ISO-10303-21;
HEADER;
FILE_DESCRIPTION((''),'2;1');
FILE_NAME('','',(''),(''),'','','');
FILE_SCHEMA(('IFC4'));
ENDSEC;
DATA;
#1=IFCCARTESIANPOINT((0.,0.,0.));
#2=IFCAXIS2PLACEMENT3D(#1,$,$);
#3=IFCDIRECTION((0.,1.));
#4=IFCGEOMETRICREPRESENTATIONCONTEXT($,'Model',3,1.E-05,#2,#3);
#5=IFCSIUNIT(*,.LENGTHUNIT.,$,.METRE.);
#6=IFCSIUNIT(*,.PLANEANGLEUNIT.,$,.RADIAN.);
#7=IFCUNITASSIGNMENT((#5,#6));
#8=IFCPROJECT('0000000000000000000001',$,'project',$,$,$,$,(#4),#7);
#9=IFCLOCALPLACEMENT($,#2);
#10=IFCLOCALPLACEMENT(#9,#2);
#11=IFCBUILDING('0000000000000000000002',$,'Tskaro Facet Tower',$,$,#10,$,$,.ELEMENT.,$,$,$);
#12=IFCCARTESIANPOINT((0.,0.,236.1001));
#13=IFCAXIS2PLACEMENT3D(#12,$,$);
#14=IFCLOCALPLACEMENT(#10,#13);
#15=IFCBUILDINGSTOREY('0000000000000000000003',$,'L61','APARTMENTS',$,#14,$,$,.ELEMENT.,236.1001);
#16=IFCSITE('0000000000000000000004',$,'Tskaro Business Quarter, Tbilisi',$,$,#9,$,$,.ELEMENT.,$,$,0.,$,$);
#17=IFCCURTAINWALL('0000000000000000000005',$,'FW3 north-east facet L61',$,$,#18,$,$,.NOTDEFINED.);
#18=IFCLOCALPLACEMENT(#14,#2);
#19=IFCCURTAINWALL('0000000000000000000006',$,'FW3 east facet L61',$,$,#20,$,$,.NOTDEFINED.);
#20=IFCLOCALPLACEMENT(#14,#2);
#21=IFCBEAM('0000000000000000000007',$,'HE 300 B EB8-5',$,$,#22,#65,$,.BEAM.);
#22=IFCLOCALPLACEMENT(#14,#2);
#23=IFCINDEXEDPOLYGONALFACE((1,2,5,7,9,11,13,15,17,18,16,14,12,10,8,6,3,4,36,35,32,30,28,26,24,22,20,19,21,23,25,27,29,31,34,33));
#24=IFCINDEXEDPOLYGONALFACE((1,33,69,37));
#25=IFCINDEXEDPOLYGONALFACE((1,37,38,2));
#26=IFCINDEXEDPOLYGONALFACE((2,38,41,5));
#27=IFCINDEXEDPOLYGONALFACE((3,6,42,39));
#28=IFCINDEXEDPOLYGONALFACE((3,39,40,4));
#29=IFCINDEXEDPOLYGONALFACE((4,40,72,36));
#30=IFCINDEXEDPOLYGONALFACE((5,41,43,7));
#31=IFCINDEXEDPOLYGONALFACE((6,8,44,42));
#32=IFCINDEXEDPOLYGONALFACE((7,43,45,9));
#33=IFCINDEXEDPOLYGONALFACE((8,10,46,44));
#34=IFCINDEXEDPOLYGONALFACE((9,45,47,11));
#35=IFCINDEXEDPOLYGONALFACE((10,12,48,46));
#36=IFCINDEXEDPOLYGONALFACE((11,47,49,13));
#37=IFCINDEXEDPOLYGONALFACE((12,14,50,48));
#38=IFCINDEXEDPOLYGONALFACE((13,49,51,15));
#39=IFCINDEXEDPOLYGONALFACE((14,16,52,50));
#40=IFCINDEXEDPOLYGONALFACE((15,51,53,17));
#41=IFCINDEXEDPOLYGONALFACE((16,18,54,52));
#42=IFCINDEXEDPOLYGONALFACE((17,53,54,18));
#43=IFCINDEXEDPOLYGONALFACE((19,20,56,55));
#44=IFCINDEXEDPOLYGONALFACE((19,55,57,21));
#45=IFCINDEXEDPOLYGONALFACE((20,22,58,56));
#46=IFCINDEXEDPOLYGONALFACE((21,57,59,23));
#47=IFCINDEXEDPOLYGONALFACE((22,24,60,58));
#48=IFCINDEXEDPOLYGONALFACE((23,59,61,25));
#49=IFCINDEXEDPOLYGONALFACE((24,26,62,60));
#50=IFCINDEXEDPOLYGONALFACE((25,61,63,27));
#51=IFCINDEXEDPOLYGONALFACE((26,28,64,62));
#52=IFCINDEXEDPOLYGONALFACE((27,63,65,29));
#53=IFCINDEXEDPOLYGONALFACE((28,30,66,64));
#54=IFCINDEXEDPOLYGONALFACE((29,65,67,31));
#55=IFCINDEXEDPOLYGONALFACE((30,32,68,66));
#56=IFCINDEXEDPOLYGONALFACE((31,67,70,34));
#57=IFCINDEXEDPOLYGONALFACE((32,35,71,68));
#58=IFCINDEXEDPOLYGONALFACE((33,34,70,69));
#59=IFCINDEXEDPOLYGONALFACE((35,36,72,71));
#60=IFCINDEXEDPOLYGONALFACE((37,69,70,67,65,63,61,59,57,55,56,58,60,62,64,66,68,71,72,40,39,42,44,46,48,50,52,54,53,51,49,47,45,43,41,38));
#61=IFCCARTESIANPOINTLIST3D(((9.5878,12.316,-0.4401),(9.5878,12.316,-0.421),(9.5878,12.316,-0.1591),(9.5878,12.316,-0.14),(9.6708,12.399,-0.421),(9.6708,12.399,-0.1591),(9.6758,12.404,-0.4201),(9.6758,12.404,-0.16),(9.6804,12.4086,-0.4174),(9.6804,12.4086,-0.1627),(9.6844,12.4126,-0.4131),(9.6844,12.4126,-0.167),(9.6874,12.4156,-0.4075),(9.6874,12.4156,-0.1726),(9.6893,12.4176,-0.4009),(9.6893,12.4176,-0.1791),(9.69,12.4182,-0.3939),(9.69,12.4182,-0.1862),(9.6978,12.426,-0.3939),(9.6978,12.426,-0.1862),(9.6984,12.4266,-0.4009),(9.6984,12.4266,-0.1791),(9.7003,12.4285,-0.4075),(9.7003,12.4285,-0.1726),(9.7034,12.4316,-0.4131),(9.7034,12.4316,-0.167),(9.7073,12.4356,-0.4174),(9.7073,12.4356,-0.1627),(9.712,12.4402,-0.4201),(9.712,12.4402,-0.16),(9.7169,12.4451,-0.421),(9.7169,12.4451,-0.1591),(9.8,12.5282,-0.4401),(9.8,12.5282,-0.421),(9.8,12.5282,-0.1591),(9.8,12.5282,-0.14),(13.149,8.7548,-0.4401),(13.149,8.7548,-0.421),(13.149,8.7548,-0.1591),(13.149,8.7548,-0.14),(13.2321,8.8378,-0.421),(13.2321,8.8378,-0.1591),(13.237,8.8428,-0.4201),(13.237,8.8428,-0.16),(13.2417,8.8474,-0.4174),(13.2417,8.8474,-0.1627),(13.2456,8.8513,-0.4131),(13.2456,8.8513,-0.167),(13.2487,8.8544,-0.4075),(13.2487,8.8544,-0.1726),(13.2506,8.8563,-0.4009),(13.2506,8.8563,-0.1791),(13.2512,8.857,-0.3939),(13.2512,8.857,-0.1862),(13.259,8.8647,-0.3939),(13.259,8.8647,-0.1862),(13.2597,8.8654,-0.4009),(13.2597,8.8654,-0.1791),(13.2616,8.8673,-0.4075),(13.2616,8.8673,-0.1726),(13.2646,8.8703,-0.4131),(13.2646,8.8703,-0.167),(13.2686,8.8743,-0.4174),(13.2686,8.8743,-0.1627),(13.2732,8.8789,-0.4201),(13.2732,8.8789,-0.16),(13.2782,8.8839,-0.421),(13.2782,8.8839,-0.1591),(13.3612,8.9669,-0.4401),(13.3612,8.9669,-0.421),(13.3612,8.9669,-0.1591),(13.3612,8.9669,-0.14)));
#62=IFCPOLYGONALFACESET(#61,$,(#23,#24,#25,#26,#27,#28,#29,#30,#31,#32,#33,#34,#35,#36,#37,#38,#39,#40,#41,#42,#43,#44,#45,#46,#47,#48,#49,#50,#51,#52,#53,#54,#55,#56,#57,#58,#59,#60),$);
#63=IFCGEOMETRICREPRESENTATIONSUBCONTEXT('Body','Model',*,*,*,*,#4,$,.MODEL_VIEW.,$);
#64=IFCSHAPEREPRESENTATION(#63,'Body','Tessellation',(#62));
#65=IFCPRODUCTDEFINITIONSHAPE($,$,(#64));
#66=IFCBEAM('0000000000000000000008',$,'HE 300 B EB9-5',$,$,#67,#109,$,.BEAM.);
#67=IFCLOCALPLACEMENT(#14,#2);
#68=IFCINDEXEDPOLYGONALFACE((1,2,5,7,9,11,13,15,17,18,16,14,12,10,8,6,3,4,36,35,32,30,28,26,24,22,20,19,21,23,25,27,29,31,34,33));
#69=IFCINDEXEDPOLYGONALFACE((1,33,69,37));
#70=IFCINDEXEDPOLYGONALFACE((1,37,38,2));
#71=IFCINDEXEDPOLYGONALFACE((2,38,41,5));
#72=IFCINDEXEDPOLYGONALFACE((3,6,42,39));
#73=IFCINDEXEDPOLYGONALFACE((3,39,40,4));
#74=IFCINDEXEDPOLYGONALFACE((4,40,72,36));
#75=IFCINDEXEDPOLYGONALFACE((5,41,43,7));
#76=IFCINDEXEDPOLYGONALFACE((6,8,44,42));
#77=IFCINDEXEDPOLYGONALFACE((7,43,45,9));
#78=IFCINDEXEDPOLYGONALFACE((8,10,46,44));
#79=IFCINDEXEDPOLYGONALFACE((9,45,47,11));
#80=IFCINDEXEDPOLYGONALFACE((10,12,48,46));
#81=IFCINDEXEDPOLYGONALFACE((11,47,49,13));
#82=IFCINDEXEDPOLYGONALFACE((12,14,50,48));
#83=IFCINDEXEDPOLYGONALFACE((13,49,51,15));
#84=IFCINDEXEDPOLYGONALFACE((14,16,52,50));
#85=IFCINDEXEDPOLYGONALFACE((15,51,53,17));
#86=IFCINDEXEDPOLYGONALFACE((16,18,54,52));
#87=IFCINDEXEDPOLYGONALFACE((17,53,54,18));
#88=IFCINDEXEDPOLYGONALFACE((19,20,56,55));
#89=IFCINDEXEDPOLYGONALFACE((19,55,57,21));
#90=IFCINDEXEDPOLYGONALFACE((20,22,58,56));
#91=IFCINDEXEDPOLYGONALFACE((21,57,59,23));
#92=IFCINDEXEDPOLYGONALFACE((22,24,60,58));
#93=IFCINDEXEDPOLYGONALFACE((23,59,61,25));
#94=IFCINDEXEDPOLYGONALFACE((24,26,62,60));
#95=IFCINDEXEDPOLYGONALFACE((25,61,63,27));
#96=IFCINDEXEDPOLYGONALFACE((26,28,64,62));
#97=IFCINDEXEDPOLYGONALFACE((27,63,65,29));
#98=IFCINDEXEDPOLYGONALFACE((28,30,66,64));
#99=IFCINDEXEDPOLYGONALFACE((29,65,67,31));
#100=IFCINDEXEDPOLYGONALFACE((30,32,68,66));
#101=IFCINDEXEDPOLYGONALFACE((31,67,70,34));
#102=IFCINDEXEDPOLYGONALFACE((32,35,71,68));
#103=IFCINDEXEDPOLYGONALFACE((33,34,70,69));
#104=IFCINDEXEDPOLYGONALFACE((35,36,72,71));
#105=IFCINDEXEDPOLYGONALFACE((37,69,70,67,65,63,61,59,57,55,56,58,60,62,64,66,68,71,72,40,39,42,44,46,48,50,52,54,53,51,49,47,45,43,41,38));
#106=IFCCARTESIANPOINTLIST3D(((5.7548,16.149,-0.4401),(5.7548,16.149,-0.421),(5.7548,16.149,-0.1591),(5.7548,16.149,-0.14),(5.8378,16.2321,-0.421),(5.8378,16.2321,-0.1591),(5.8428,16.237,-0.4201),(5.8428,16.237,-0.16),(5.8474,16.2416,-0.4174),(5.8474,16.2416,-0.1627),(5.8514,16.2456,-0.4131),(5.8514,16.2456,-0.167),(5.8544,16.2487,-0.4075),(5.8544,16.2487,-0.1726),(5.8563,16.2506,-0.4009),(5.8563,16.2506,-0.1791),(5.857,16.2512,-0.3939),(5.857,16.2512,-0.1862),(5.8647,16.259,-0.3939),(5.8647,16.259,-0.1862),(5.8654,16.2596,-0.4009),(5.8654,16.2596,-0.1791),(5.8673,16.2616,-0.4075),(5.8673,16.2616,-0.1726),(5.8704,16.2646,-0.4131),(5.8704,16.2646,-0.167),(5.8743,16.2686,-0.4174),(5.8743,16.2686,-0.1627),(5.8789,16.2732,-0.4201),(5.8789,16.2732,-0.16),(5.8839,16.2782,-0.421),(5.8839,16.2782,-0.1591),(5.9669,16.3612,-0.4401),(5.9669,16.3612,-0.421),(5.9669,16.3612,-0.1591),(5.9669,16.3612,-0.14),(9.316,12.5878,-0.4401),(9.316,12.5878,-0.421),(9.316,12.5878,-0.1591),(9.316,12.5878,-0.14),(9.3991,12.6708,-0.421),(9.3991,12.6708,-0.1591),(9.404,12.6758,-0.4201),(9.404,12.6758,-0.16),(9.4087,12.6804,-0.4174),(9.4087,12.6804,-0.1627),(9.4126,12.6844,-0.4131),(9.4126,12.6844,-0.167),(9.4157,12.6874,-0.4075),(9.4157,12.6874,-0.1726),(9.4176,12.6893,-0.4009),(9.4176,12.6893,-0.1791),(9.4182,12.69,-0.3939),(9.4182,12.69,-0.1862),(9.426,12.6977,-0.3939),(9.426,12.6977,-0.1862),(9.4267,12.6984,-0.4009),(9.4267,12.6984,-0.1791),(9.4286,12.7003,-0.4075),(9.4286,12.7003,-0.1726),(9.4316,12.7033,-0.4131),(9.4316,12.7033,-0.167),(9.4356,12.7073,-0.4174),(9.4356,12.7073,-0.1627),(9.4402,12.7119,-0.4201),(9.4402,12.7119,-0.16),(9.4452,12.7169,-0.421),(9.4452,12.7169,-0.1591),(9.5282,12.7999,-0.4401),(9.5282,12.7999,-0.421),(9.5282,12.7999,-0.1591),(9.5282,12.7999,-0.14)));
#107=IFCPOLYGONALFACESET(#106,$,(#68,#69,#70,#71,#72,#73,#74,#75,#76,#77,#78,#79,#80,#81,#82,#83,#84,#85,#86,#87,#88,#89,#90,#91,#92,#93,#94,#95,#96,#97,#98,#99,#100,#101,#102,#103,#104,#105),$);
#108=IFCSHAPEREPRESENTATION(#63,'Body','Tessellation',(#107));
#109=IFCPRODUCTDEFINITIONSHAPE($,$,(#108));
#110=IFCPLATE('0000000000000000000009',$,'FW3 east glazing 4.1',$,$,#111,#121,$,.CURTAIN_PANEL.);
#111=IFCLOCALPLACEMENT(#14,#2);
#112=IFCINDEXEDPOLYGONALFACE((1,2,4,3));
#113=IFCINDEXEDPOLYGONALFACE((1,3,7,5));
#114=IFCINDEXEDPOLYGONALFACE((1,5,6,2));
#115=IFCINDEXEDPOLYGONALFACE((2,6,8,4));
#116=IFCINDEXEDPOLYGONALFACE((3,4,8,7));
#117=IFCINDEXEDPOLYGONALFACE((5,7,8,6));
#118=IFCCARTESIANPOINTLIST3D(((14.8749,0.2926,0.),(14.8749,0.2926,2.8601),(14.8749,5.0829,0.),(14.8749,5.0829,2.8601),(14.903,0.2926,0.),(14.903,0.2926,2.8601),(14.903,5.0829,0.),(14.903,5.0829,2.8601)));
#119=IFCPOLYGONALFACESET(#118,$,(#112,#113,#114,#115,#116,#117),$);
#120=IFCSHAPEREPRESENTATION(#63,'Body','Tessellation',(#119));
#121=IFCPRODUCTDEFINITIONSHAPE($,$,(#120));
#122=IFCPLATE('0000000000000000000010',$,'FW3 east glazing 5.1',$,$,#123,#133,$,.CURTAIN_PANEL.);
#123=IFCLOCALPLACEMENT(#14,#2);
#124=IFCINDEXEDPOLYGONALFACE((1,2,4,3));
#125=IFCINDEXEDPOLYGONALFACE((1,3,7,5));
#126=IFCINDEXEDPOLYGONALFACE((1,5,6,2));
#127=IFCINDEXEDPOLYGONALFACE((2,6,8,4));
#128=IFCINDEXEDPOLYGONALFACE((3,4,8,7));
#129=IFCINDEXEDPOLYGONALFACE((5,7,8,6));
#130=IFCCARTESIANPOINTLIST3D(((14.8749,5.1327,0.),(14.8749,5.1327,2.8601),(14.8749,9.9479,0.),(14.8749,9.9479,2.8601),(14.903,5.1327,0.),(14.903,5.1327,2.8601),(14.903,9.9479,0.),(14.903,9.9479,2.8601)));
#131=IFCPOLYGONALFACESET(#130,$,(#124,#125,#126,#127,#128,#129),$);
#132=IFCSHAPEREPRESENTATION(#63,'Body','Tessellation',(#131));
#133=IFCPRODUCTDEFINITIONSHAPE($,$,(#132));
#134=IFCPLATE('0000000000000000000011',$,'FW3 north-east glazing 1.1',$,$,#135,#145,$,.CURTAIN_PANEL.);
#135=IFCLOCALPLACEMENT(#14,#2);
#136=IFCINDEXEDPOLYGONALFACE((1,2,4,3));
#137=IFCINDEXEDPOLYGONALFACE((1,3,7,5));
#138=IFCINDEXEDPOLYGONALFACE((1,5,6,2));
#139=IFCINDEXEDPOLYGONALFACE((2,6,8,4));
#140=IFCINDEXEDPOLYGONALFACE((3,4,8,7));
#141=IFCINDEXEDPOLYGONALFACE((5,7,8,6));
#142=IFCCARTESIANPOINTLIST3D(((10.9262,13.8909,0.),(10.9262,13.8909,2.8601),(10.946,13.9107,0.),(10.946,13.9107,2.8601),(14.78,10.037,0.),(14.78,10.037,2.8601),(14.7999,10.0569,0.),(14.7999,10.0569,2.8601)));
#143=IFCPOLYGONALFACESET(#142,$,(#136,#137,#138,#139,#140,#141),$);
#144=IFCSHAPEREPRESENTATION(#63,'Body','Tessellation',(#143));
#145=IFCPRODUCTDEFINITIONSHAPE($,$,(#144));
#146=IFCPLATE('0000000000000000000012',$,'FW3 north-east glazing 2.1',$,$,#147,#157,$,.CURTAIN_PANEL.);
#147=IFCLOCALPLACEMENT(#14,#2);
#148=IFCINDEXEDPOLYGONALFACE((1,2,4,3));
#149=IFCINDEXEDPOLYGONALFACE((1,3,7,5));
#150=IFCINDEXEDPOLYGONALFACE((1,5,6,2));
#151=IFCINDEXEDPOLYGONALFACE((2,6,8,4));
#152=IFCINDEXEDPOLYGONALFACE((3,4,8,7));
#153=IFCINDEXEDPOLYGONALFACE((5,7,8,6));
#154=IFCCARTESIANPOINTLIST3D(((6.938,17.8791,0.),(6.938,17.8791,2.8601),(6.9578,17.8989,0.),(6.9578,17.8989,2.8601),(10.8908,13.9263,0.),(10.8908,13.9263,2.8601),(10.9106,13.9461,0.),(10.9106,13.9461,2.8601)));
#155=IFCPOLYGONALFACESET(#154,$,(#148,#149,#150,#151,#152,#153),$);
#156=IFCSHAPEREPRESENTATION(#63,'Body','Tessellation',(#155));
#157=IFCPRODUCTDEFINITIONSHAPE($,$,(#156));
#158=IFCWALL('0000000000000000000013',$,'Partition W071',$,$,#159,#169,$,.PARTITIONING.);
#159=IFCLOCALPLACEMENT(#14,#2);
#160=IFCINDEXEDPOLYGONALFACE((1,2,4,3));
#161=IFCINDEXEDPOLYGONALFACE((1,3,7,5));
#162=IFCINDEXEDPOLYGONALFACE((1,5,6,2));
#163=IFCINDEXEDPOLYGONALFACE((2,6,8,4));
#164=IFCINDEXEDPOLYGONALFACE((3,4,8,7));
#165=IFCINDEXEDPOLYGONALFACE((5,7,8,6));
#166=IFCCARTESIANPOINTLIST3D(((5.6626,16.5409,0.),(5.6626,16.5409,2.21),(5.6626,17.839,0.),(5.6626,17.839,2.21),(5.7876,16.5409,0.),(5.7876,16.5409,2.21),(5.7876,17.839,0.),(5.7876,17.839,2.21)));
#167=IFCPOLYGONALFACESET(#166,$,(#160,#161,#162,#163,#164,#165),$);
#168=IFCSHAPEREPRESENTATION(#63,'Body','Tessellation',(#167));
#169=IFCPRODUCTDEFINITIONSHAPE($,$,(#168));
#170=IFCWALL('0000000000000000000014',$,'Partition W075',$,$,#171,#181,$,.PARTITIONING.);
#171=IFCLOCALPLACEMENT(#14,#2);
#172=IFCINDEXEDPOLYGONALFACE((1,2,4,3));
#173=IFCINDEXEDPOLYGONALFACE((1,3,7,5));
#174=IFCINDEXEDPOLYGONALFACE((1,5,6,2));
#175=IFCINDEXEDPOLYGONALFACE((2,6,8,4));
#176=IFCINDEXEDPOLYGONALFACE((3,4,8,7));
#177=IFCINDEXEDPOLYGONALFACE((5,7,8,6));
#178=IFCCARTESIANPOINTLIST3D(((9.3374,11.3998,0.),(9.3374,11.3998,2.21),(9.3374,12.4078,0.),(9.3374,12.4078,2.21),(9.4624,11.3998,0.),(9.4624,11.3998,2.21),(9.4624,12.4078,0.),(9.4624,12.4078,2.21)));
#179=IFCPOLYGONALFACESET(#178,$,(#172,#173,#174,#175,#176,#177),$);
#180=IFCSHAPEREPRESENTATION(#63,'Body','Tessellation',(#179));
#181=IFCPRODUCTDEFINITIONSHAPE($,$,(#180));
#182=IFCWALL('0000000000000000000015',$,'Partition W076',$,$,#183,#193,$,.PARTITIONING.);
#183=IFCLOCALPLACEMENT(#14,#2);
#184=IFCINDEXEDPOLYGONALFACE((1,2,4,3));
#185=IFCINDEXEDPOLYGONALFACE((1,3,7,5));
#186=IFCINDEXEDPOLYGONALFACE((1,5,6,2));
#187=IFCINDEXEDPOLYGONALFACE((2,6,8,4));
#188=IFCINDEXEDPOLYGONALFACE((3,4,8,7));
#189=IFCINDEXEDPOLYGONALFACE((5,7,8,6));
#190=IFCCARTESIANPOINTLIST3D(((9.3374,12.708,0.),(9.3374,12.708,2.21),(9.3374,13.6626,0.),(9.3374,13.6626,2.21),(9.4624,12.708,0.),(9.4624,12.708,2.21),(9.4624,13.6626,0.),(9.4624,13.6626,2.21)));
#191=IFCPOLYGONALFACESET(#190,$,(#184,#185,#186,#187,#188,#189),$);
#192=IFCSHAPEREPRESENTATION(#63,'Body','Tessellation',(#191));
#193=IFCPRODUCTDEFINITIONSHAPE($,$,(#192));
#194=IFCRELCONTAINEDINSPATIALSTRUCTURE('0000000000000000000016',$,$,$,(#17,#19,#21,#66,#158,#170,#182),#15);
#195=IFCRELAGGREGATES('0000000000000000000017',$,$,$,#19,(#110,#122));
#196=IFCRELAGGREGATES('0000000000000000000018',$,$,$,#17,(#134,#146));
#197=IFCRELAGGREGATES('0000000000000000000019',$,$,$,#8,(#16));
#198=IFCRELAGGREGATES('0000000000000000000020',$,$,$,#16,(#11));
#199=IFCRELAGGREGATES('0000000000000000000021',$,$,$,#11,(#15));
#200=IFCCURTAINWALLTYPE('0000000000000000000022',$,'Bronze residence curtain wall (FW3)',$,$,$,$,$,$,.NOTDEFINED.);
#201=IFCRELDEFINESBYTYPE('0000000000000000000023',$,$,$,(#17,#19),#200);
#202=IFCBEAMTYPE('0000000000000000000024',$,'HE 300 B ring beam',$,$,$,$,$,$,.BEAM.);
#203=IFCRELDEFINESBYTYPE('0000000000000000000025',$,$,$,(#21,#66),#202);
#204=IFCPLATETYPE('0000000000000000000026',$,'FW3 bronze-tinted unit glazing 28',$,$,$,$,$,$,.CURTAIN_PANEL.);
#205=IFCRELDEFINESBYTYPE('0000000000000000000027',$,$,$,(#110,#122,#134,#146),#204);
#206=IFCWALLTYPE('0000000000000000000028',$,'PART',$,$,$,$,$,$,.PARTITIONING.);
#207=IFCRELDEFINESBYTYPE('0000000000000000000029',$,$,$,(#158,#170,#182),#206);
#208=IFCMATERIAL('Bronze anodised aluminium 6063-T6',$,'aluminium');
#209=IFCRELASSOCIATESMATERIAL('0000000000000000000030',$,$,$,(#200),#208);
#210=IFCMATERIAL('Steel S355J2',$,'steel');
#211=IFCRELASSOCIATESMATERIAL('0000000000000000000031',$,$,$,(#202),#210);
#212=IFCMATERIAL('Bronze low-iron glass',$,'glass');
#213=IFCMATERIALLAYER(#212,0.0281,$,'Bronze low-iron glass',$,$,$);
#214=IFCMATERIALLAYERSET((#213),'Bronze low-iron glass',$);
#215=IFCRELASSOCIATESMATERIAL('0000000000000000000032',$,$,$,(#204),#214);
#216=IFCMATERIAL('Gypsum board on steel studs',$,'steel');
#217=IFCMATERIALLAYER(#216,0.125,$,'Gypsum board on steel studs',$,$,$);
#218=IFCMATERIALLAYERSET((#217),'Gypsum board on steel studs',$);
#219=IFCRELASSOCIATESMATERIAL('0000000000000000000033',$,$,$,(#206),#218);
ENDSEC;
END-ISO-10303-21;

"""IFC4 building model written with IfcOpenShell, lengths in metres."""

from ifc_helpers import new_model, si_unit, direction, frame, frame_2d, origin, origin_2d, place, context, subcontext, project, spatial, rectangle, i_section, extrude, material, layer, layer_set, material_profile, profile_set, type_object, element, aggregate, save


model = new_model("IFC4")

# Units and contexts
model_context = context("Model", 3, precision=1e-05, world=origin(), true_north=direction((0.0, 1.0)))
body_context = subcontext(model_context, "Body", "Model", "MODEL_VIEW")
ifc_project = project(units=[si_unit("LENGTHUNIT", "METRE"), si_unit("PLANEANGLEUNIT", "RADIAN")], contexts=[model_context])

# Site, building, storey
site_placement = place(None, origin())
site = spatial("IfcSite", under=ifc_project, at=site_placement, Name="Tskaro Business Quarter, Tbilisi", CompositionType="ELEMENT", RefElevation=0.0)
building_placement = place(site_placement, origin())
building = spatial("IfcBuilding", under=site, at=building_placement, Name="Tskaro Facet Tower", CompositionType="ELEMENT")
storey_placement = place(building_placement, frame((0.0, 0.0, 236.1001)))
storey = spatial("IfcBuildingStorey", under=building, at=storey_placement, Name="L61", Description="APARTMENTS", CompositionType="ELEMENT", Elevation=236.1001)

# Shared definitions
ifc_material_1 = material(Name="Steel S355J2", Category="steel")

# Curtain wall
ifc_material_2 = material(Name="Bronze anodised aluminium 6063-T6", Category="aluminium")
curtain_wall_type = type_object("IfcCurtainWallType", Name="Bronze residence curtain wall (FW3)", PredefinedType="NOTDEFINED", material=ifc_material_2)
curtain_wall_1_placement = place(storey_placement, origin())
curtain_wall_1 = element("IfcCurtainWall", 1, at=curtain_wall_1_placement, inside=storey, type_object=curtain_wall_type, Name="FW3 north-east facet L61", PredefinedType="NOTDEFINED")

# Curtain wall
curtain_wall_2_placement = place(storey_placement, origin())
curtain_wall_2 = element("IfcCurtainWall", 2, at=curtain_wall_2_placement, inside=storey, type_object=curtain_wall_type, Name="FW3 east facet L61", PredefinedType="NOTDEFINED")

# Beams
ifc_material_profile_1 = material_profile(ifc_material_1, i_section(OverallWidth=0.3, OverallDepth=0.3, WebThickness=0.011, FlangeThickness=0.019, FilletRadius=0.0271, at=origin_2d()), Name="HE 300 B")
ifc_profile_set_1 = profile_set([ifc_material_profile_1], Name="Steel S355J2")
beam_type = type_object("IfcBeamType", Name="HE 300 B ring beam", PredefinedType="BEAM", material=ifc_profile_set_1)
for number, where, z_axis, x_axis, name in (
    (3, (13.2551, 8.8608, -0.29), (-0.707107, 0.707107, 0.0), (-0.707107, -0.707107, 0.0), "HE 300 B EB8-5"),
    (4, (9.4221, 12.6938, -0.29), (-0.707107, 0.707107, 0.0), (-0.707107, -0.707107, 0.0), "HE 300 B EB9-5"),
):
    element("IfcBeam", number, at=place(storey_placement, frame(where, z_axis=z_axis, x_axis=x_axis)), inside=storey, type_object=beam_type, Name=name, PredefinedType="BEAM", context=body_context, shape_type="SweptSolid", body=[
        extrude(i_section(OverallWidth=0.3, OverallDepth=0.3, WebThickness=0.011, FlangeThickness=0.019, FilletRadius=0.0271, at=origin_2d()), origin(), (0.0, 0.0, 1.0), 5.0364),
    ])

# Plates
ifc_material_3 = material(Name="Bronze low-iron glass", Category="glass")
ifc_layer_1 = layer(ifc_material_3, 0.0281, Name="Bronze low-iron glass")
ifc_layer_set_1 = layer_set([ifc_layer_1], Name="Bronze low-iron glass")
plate_type = type_object("IfcPlateType", Name="FW3 bronze-tinted unit glazing 28", PredefinedType="CURTAIN_PANEL", material=ifc_layer_set_1)
plate_1_placement = place(storey_placement, frame((14.8889, 2.6877, 0.0), z_axis=(0.0, 0.0, 1.0), x_axis=(0.0, 1.0, 0.0)))
plate_1 = element("IfcPlate", 5, at=plate_1_placement, type_object=plate_type, Name="FW3 east glazing 4.1", PredefinedType="CURTAIN_PANEL", context=body_context, shape_type="SweptSolid", body=[
    extrude(rectangle(XDim=4.7903, YDim=0.0281, at=origin_2d()), origin(), (0.0, 0.0, 1.0), 2.8601),
])
plate_2_placement = place(storey_placement, frame((14.8889, 7.5403, 0.0), z_axis=(0.0, 0.0, 1.0), x_axis=(0.0, 1.0, 0.0)))
plate_2 = element("IfcPlate", 6, at=plate_2_placement, type_object=plate_type, Name="FW3 east glazing 5.1", PredefinedType="CURTAIN_PANEL", context=body_context, shape_type="SweptSolid", body=[
    extrude(rectangle(XDim=4.8152, YDim=0.0281, at=origin_2d()), origin(), (0.0, 0.0, 1.0), 2.8601),
])
aggregate(curtain_wall_2, [plate_1, plate_2])
plate_3_placement = place(storey_placement, frame((12.863, 11.9739, 0.0), z_axis=(0.0, 0.0, 1.0), x_axis=(-0.707107, 0.707107, 0.0)))
plate_3 = element("IfcPlate", 7, at=plate_3_placement, type_object=plate_type, Name="FW3 north-east glazing 1.1", PredefinedType="CURTAIN_PANEL", context=body_context, shape_type="SweptSolid", body=[
    extrude(rectangle(XDim=5.4502, YDim=0.0281, at=origin_2d()), origin(), (0.0, 0.0, 1.0), 2.8601),
])
plate_4_placement = place(storey_placement, frame((8.9243, 15.9126, 0.0), z_axis=(0.0, 0.0, 1.0), x_axis=(-0.707107, 0.707107, 0.0)))
plate_4 = element("IfcPlate", 8, at=plate_4_placement, type_object=plate_type, Name="FW3 north-east glazing 2.1", PredefinedType="CURTAIN_PANEL", context=body_context, shape_type="SweptSolid", body=[
    extrude(rectangle(XDim=5.5901, YDim=0.0281, at=origin_2d()), origin(), (0.0, 0.0, 1.0), 2.8601),
])
aggregate(curtain_wall_1, [plate_3, plate_4])

# Walls
ifc_material_4 = material(Name="Gypsum board on steel studs", Category="steel")
ifc_layer_2 = layer(ifc_material_4, 0.125, Name="Gypsum board on steel studs")
ifc_layer_set_2 = layer_set([ifc_layer_2], Name="Gypsum board on steel studs")
wall_type_1 = type_object("IfcWallType", Name="PART", PredefinedType="PARTITIONING", material=ifc_layer_set_2)
wall_1_placement = place(storey_placement, frame((5.7251, 16.541, 0.0), z_axis=(0.0, 0.0, 1.0), x_axis=(0.0, 1.0, 0.0)))
element("IfcWall", 9, at=wall_1_placement, inside=storey, type_object=wall_type_1, Name="Partition W071", PredefinedType="PARTITIONING", context=body_context, shape_type="SweptSolid", body=[
    extrude(rectangle(XDim=1.2981, YDim=0.125, at=frame_2d((0.6489, 0.0))), origin(), (0.0, 0.0, 1.0), 2.21),
])
wall_2_placement = place(storey_placement, frame((9.3999, 11.3999, 0.0), z_axis=(0.0, 0.0, 1.0), x_axis=(0.0, 1.0, 0.0)))
element("IfcWall", 10, at=wall_2_placement, inside=storey, type_object=wall_type_1, Name="Partition W075", PredefinedType="PARTITIONING", context=body_context, shape_type="SweptSolid", body=[
    extrude(rectangle(XDim=1.0081, YDim=0.125, at=frame_2d((0.5039, 0.0))), origin(), (0.0, 0.0, 1.0), 2.21),
])
wall_3_placement = place(storey_placement, frame((9.3999, 12.708, 0.0), z_axis=(0.0, 0.0, 1.0), x_axis=(0.0, 1.0, 0.0)))
element("IfcWall", 11, at=wall_3_placement, inside=storey, type_object=wall_type_1, Name="Partition W076", PredefinedType="PARTITIONING", context=body_context, shape_type="SweptSolid", body=[
    extrude(rectangle(XDim=0.9546, YDim=0.125, at=frame_2d((0.4773, 0.0))), origin(), (0.0, 0.0, 1.0), 2.21),
])

save(model, "model.ifc")
